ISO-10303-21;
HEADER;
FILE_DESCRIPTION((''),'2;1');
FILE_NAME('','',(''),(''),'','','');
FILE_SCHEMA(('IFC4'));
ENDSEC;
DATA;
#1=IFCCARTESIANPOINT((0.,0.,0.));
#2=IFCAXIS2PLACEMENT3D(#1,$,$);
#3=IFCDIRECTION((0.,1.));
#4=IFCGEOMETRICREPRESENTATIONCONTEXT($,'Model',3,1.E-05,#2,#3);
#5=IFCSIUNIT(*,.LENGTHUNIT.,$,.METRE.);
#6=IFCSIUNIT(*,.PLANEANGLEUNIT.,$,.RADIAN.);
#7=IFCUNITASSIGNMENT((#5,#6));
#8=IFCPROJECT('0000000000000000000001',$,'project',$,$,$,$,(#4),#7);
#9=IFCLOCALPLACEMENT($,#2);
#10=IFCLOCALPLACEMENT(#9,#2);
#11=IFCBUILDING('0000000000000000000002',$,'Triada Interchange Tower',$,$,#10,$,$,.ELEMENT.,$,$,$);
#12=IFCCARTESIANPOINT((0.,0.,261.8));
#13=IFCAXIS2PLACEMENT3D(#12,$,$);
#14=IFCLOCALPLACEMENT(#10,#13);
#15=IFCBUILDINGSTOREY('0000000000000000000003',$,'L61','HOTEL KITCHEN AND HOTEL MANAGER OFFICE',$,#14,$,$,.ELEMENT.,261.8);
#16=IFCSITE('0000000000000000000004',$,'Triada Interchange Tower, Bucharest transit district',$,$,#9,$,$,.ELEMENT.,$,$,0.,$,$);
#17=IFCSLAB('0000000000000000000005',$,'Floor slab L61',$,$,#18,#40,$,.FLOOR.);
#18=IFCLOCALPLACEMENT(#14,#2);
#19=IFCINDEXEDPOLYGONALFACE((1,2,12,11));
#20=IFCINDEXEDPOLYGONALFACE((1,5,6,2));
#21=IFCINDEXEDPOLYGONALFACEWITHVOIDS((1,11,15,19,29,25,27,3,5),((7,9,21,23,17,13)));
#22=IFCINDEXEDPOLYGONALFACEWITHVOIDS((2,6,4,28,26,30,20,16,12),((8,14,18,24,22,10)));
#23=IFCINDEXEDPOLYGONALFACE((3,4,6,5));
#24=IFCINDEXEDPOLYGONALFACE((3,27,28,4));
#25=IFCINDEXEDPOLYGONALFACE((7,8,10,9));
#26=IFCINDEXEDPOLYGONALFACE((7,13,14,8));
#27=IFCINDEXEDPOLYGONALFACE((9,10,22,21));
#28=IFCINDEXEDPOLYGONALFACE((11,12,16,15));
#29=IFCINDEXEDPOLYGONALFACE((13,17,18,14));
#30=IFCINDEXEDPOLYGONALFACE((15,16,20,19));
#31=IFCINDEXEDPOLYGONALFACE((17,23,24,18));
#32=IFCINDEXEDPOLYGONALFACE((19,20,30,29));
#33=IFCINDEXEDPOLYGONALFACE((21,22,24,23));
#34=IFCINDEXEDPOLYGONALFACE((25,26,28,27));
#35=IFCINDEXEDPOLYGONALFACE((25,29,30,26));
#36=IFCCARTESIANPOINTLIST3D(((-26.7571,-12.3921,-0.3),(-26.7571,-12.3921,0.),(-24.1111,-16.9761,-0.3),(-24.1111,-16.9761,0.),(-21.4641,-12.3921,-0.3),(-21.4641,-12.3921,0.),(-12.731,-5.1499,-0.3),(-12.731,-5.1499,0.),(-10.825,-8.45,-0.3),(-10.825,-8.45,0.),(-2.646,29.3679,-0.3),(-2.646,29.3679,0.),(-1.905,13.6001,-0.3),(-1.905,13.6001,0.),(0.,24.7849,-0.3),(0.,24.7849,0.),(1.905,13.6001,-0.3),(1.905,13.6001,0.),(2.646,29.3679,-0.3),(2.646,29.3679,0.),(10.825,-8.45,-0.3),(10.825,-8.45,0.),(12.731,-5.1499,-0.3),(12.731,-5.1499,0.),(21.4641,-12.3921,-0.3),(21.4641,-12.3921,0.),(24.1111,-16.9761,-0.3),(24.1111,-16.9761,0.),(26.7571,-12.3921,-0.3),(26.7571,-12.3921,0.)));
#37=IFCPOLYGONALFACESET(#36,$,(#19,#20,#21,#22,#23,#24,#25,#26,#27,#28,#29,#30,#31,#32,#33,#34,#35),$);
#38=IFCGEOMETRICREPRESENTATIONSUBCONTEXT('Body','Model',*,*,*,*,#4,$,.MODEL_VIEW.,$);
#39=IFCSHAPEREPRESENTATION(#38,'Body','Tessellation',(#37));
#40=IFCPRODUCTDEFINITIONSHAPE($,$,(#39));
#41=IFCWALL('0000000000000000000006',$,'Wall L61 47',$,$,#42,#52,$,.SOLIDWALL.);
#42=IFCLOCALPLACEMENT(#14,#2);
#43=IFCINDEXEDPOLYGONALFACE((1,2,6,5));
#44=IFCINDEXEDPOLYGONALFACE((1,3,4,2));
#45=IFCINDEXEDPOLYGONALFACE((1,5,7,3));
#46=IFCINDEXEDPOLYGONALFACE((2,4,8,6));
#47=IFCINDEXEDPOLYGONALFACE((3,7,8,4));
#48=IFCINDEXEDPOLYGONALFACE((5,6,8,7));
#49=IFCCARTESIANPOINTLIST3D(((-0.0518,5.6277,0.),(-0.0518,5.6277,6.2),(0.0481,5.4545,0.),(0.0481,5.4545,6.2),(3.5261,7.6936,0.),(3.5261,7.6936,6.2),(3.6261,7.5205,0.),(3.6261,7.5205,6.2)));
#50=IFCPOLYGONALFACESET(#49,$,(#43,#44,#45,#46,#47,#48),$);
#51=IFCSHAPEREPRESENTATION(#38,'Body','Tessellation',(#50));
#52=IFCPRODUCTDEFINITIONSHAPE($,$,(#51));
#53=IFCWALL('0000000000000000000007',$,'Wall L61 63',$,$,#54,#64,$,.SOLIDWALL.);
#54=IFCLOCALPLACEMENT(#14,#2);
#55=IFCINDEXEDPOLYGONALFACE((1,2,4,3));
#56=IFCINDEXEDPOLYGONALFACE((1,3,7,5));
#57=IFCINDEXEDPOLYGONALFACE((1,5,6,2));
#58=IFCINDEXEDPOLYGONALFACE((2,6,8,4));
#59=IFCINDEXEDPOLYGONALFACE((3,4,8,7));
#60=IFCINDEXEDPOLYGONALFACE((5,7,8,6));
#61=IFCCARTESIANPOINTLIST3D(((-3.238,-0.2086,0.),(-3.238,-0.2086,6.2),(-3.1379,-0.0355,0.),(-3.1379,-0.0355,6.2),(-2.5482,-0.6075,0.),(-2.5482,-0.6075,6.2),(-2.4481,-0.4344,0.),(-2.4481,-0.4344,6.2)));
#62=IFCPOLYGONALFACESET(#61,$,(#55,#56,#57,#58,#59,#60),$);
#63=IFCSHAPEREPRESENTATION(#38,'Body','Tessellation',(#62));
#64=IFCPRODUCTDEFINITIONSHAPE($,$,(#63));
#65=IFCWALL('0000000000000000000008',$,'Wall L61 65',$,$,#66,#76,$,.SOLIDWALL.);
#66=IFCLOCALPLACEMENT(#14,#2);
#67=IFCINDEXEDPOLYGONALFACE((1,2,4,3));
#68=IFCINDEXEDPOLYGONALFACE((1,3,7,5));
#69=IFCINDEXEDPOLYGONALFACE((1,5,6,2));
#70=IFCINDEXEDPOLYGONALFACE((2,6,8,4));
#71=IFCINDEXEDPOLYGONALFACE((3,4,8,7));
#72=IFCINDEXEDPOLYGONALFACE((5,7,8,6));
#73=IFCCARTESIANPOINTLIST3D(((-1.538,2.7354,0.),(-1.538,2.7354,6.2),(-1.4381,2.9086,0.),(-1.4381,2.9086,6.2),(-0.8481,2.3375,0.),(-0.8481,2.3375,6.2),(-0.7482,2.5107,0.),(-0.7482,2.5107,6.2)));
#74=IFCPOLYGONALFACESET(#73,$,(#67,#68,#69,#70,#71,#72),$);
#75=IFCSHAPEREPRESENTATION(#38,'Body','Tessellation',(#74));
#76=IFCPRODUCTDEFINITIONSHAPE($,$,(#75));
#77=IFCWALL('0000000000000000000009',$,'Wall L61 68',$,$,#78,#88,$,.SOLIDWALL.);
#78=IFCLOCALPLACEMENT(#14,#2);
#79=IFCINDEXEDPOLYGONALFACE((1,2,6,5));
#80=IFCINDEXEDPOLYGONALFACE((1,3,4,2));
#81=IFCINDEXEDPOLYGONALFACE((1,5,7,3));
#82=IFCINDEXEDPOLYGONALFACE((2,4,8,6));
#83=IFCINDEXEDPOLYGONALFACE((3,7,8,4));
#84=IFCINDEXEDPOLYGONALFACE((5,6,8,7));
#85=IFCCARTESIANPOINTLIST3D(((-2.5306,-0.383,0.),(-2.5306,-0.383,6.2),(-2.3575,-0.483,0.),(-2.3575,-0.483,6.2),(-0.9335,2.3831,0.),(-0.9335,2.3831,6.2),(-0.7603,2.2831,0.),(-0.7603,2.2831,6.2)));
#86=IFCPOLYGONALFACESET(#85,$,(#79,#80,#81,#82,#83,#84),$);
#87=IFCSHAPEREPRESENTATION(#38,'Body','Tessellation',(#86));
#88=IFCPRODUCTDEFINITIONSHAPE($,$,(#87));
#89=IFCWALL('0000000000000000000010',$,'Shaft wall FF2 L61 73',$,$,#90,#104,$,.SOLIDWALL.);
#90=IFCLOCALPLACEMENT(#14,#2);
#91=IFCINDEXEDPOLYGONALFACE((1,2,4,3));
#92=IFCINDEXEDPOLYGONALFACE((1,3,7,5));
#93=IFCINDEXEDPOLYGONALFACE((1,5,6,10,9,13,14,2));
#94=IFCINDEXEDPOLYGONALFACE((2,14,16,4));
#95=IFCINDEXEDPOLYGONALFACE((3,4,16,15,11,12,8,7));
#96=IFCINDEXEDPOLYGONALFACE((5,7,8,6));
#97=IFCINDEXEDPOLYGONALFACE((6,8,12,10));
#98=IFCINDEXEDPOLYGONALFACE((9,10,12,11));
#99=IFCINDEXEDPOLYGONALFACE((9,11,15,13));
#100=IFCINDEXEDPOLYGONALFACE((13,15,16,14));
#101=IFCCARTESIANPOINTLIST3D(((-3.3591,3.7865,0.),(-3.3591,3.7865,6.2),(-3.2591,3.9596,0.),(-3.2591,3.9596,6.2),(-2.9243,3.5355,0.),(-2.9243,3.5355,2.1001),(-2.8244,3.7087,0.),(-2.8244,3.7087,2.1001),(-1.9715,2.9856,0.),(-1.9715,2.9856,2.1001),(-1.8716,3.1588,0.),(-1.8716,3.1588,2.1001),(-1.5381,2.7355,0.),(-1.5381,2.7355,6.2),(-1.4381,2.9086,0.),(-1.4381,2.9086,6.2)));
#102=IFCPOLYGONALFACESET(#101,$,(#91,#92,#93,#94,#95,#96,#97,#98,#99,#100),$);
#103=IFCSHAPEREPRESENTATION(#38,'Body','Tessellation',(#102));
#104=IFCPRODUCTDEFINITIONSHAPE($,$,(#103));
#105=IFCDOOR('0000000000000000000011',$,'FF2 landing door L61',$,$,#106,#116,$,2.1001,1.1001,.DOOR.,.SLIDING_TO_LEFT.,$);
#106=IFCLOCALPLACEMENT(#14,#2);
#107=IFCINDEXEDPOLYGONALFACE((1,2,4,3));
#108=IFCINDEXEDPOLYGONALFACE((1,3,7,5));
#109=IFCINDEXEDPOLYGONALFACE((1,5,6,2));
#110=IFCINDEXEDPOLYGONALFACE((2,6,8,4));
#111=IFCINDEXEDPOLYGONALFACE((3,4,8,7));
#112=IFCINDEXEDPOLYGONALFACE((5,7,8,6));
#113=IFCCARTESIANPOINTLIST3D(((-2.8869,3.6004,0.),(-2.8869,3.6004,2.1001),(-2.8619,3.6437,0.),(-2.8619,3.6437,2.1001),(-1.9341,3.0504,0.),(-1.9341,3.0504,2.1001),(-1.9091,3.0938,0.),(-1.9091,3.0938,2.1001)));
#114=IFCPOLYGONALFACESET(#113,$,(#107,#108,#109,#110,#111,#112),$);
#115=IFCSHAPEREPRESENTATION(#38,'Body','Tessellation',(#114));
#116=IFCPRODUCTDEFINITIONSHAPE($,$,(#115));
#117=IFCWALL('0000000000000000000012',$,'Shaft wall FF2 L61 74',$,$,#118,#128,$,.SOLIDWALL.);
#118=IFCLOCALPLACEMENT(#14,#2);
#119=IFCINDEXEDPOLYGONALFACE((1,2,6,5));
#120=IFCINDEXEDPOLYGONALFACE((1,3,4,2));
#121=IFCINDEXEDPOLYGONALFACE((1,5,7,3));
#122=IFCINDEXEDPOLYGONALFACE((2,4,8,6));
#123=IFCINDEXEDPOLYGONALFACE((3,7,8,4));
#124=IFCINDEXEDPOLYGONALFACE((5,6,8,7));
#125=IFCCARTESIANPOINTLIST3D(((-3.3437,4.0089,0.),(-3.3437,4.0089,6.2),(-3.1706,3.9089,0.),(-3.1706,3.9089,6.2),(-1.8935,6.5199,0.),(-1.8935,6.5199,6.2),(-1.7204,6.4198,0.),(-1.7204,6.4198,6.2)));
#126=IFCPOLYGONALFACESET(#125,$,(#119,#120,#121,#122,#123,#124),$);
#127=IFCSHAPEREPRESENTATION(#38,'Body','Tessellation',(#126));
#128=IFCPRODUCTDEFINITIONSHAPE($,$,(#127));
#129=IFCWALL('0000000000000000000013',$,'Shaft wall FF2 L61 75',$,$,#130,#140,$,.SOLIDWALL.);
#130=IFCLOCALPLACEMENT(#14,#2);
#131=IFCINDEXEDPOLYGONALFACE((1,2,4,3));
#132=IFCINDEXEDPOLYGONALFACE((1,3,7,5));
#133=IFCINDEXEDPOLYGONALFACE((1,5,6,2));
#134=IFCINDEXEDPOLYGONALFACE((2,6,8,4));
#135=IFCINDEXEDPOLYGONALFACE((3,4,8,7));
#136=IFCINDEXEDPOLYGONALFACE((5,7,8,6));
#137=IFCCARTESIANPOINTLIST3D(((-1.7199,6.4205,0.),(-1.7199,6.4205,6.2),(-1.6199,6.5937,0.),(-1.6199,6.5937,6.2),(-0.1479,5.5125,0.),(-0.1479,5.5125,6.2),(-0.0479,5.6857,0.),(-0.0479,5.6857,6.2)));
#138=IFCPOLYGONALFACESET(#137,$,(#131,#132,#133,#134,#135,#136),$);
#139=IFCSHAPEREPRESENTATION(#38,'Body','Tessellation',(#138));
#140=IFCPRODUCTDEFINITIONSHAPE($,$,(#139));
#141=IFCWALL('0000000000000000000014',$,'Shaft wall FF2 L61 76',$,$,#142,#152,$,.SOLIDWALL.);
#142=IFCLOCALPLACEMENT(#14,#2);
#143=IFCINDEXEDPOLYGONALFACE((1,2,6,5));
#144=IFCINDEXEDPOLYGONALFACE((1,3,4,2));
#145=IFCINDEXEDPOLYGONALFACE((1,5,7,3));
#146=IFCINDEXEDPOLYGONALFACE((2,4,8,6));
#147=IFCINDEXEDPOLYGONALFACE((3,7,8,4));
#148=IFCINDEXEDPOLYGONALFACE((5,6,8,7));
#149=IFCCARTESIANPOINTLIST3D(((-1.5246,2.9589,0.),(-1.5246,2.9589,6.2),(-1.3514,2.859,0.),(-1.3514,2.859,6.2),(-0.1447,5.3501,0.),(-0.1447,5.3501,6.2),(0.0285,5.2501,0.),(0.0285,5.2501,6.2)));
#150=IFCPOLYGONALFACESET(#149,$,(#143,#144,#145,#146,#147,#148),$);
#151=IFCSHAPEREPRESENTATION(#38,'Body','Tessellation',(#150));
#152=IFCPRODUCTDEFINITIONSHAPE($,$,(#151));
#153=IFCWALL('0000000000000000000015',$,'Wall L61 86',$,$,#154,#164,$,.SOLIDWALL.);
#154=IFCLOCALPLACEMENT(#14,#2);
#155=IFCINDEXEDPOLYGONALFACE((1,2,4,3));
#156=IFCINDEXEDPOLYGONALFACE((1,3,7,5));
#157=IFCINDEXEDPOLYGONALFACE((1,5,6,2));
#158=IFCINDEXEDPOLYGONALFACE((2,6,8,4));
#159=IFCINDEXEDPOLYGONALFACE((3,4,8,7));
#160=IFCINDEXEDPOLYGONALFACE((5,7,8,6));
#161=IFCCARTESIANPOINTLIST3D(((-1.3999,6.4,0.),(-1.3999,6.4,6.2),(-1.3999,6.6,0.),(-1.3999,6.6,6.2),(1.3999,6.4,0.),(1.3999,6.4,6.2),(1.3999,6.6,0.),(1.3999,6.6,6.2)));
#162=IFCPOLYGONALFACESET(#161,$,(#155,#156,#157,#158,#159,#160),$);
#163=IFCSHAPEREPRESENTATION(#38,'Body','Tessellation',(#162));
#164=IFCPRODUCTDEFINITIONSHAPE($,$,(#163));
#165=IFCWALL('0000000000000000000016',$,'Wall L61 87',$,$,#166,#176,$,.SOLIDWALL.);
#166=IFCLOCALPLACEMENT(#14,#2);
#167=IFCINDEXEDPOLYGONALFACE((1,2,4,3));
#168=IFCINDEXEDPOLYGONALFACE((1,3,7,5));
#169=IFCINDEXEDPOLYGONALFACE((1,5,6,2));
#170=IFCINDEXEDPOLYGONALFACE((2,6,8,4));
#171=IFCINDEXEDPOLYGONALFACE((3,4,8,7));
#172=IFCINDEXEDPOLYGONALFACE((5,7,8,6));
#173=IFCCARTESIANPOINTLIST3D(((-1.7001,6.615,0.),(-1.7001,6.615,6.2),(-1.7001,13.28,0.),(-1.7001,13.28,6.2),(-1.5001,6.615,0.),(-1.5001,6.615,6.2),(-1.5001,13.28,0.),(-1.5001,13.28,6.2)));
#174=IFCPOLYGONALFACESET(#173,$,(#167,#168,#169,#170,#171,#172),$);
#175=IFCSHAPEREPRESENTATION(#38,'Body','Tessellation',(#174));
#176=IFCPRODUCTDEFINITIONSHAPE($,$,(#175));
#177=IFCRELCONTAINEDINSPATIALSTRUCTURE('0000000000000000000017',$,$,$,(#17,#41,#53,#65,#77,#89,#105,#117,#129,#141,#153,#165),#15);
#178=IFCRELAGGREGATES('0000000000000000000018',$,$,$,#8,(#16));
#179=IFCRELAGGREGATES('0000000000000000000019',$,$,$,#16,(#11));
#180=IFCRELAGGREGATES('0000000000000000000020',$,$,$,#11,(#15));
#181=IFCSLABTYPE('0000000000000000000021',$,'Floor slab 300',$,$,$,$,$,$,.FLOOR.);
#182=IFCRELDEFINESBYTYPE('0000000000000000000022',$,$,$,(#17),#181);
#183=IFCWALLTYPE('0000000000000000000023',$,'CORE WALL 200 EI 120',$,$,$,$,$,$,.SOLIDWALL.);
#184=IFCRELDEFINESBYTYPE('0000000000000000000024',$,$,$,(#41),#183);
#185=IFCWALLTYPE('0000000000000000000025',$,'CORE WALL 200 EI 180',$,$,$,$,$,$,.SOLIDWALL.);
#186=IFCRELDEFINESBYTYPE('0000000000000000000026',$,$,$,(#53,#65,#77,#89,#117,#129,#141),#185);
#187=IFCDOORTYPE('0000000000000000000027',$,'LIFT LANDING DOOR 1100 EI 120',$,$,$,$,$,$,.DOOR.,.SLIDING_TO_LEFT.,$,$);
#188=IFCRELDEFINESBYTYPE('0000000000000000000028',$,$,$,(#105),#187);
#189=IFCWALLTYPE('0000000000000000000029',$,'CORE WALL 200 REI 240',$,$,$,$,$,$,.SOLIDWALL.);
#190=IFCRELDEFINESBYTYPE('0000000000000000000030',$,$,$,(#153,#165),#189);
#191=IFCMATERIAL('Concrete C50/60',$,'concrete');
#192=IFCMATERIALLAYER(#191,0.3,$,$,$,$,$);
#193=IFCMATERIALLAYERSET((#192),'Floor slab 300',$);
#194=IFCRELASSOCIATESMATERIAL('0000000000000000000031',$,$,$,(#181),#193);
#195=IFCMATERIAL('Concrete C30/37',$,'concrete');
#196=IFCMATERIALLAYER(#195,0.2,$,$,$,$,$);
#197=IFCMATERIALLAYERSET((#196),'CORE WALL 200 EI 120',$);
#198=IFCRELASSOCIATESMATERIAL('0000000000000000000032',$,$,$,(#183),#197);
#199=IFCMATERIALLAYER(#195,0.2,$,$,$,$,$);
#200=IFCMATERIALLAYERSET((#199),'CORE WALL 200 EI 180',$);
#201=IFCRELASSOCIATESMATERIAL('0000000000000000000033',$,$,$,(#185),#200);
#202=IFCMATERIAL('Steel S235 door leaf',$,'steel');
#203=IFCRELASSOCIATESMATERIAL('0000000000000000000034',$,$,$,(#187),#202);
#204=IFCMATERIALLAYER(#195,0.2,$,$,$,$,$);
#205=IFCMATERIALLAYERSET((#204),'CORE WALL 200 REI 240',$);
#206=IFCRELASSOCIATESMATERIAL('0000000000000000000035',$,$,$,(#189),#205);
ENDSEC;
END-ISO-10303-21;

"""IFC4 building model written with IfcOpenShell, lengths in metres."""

from ifc_helpers import new_model, si_unit, direction, frame, frame_2d, origin, place, context, subcontext, project, spatial, polyline, rectangle, outline, extrude, material, layer, layer_set, type_object, element, fill, save


model = new_model("IFC4")

# Units and contexts
model_context = context("Model", 3, precision=1e-05, world=origin(), true_north=direction((0.0, 1.0)))
body_context = subcontext(model_context, "Body", "Model", "MODEL_VIEW")
ifc_project = project(units=[si_unit("LENGTHUNIT", "METRE"), si_unit("PLANEANGLEUNIT", "RADIAN")], contexts=[model_context])

# Site, building, storey
site_placement = place(None, origin())
site = spatial("IfcSite", under=ifc_project, at=site_placement, Name="Triada Interchange Tower, Bucharest transit district", CompositionType="ELEMENT", RefElevation=0.0)
building_placement = place(site_placement, origin())
building = spatial("IfcBuilding", under=site, at=building_placement, Name="Triada Interchange Tower", CompositionType="ELEMENT")
storey_placement = place(building_placement, frame((0.0, 0.0, 261.8)))
storey = spatial("IfcBuildingStorey", under=building, at=storey_placement, Name="L61", Description="HOTEL KITCHEN AND HOTEL MANAGER OFFICE", CompositionType="ELEMENT", Elevation=261.8)

# Slab
ifc_material_1 = material(Name="Concrete C50/60", Category="concrete")
ifc_layer_1 = layer(ifc_material_1, 0.3)
ifc_layer_set_1 = layer_set([ifc_layer_1], Name="Floor slab 300")
slab_type = type_object("IfcSlabType", Name="Floor slab 300", PredefinedType="FLOOR", material=ifc_layer_set_1)
slab_placement = place(storey_placement, frame((0.0, 0.0, -0.3)))
element("IfcSlab", 1, at=slab_placement, inside=storey, type_object=slab_type, Name="Floor slab L61", PredefinedType="FLOOR", context=body_context, shape_type="SweptSolid", body=[
    extrude(outline(polyline([(-2.646, 29.3679), (-26.7571, -12.3921), (-21.4641, -12.3921), (-24.1111, -16.9761), (24.1111, -16.9761), (21.4641, -12.3921), (26.7571, -12.3921), (2.646, 29.3679), (0.0, 24.7849), (-2.646, 29.3679)]), holes=[polyline([(1.905, 13.6001), (-1.905, 13.6001), (-12.731, -5.1499), (-10.825, -8.45), (10.825, -8.45), (12.731, -5.1499), (1.905, 13.6001)])]), origin(), (0.0, 0.0, 1.0), 0.3),
])

# Walls
ifc_material_2 = material(Name="Concrete C30/37", Category="concrete")
ifc_layer_2 = layer(ifc_material_2, 0.2)
ifc_layer_set_2 = layer_set([ifc_layer_2], Name="CORE WALL 200 EI 120")
wall_type_1 = type_object("IfcWallType", Name="CORE WALL 200 EI 120", PredefinedType="SOLIDWALL", material=ifc_layer_set_2)
wall_1_placement = place(storey_placement, frame((-0.002, 5.541, 0.0), z_axis=(0.0, 0.0, 1.0), x_axis=(0.866002, 0.500041, 0.0)))
element("IfcWall", 2, at=wall_1_placement, inside=storey, type_object=wall_type_1, Name="Wall L61 47", PredefinedType="SOLIDWALL", context=body_context, shape_type="SweptSolid", body=[
    extrude(rectangle(XDim=4.1316, YDim=0.2, at=frame_2d((2.0659, 0.0))), origin(), (0.0, 0.0, 1.0), 6.2),
])
ifc_layer_3 = layer(ifc_material_2, 0.2)
ifc_layer_set_3 = layer_set([ifc_layer_3], Name="CORE WALL 200 EI 180")
wall_type_2 = type_object("IfcWallType", Name="CORE WALL 200 EI 180", PredefinedType="SOLIDWALL", material=ifc_layer_set_3)
wall_2_placement = place(storey_placement, frame((-3.188, -0.1221, 0.0), z_axis=(0.0, 0.0, 1.0), x_axis=(0.865706, -0.500553, 0.0)))
element("IfcWall", 3, at=wall_2_placement, inside=storey, type_object=wall_type_2, Name="Wall L61 63", PredefinedType="SOLIDWALL", context=body_context, shape_type="SweptSolid", body=[
    extrude(rectangle(XDim=0.7969, YDim=0.2, at=frame_2d((0.3984, 0.0))), origin(), (0.0, 0.0, 1.0), 6.2),
])
wall_3_placement = place(storey_placement, frame((-1.488, 2.822, 0.0), z_axis=(0.0, 0.0, 1.0), x_axis=(0.866237, -0.499634, 0.0)))
element("IfcWall", 4, at=wall_3_placement, inside=storey, type_object=wall_type_2, Name="Wall L61 65", PredefinedType="SOLIDWALL", context=body_context, shape_type="SweptSolid", body=[
    extrude(rectangle(XDim=0.7964, YDim=0.2, at=frame_2d((0.3982, 0.0))), origin(), (0.0, 0.0, 1.0), 6.2),
])
wall_4_placement = place(storey_placement, frame((-2.4441, -0.4331, 0.0), z_axis=(0.0, 0.0, 1.0), x_axis=(0.500036, 0.866005, 0.0)))
element("IfcWall", 5, at=wall_4_placement, inside=storey, type_object=wall_type_2, Name="Wall L61 68", PredefinedType="SOLIDWALL", context=body_context, shape_type="SweptSolid", body=[
    extrude(rectangle(XDim=3.1941, YDim=0.2, at=frame_2d((1.5972, 0.0))), origin(), (0.0, 0.0, 1.0), 6.2),
])

# Wall, opening, door
wall_5_placement = place(storey_placement, frame((-3.3091, 3.873, 0.0), z_axis=(0.0, 0.0, 1.0), x_axis=(0.866099, -0.499873, 0.0)))
wall_5 = element("IfcWall", 6, at=wall_5_placement, inside=storey, type_object=wall_type_2, Name="Shaft wall FF2 L61 73", PredefinedType="SOLIDWALL", context=body_context, shape_type="SweptSolid", body=[
    extrude(rectangle(XDim=2.1025, YDim=0.2, at=frame_2d((1.0513, 0.0))), origin(), (0.0, 0.0, 1.0), 6.2),
])
opening_placement = place(wall_5_placement, frame((0.502, 0.0, 0.0)))
opening = element("IfcOpeningElement", 7, at=opening_placement, cuts=wall_5, PredefinedType="OPENING", context=body_context, shape_type="SweptSolid", body=[
    extrude(rectangle(XDim=1.1001, YDim=2.1001, at=frame_2d((0.55, 1.05))), frame((0.0, 0.1099, 0.0), z_axis=(0.0, -1.0, 0.0), x_axis=(1.0, 0.0, 0.0)), (0.0, 0.0, 1.0), 0.22),
])
ifc_material_3 = material(Name="Steel S235 door leaf", Category="steel")
door_type = type_object("IfcDoorType", Name="LIFT LANDING DOOR 1100 EI 120", OperationType="SLIDING_TO_LEFT", PredefinedType="DOOR", material=ifc_material_3)
door_placement = place(opening_placement, origin())
door = element("IfcDoor", 8, at=door_placement, inside=storey, type_object=door_type, Name="FF2 landing door L61", OperationType="SLIDING_TO_LEFT", OverallHeight=2.1001, OverallWidth=1.1001, PredefinedType="DOOR", context=body_context, shape_type="SweptSolid", body=[
    extrude(rectangle(XDim=1.1001, YDim=2.1001, at=frame_2d((0.55, 1.05))), frame((0.0, 0.0249, 0.0), z_axis=(0.0, -1.0, 0.0), x_axis=(1.0, 0.0, 0.0)), (0.0, 0.0, 1.0), 0.05),
])
fill(opening, door)

# Walls
wall_6_placement = place(storey_placement, frame((-3.2571, 3.959, 0.0), z_axis=(0.0, 0.0, 1.0), x_axis=(0.500123, 0.865954, 0.0)))
element("IfcWall", 9, at=wall_6_placement, inside=storey, type_object=wall_type_2, Name="Shaft wall FF2 L61 74", PredefinedType="SOLIDWALL", context=body_context, shape_type="SweptSolid", body=[
    extrude(rectangle(XDim=2.8997, YDim=0.2, at=frame_2d((1.4497, 0.0))), origin(), (0.0, 0.0, 1.0), 6.2),
])
wall_7_placement = place(storey_placement, frame((-1.6699, 6.5071, 0.0), z_axis=(0.0, 0.0, 1.0), x_axis=(0.865941, -0.500145, 0.0)))
element("IfcWall", 10, at=wall_7_placement, inside=storey, type_object=wall_type_2, Name="Shaft wall FF2 L61 75", PredefinedType="SOLIDWALL", context=body_context, shape_type="SweptSolid", body=[
    extrude(rectangle(XDim=1.8154, YDim=0.2, at=frame_2d((0.9077, 0.0))), origin(), (0.0, 0.0, 1.0), 6.2),
])
wall_8_placement = place(storey_placement, frame((-1.438, 2.9089, 0.0), z_axis=(0.0, 0.0, 1.0), x_axis=(0.49983, 0.866124, 0.0)))
element("IfcWall", 11, at=wall_8_placement, inside=storey, type_object=wall_type_2, Name="Shaft wall FF2 L61 76", PredefinedType="SOLIDWALL", context=body_context, shape_type="SweptSolid", body=[
    extrude(rectangle(XDim=2.7607, YDim=0.2, at=frame_2d((1.3804, 0.0))), origin(), (0.0, 0.0, 1.0), 6.2),
])
ifc_layer_4 = layer(ifc_material_2, 0.2)
ifc_layer_set_4 = layer_set([ifc_layer_4], Name="CORE WALL 200 REI 240")
wall_type_3 = type_object("IfcWallType", Name="CORE WALL 200 REI 240", PredefinedType="SOLIDWALL", material=ifc_layer_set_4)
wall_9_placement = place(storey_placement, frame((-1.3999, 6.5, 0.0), z_axis=(0.0, 0.0, 1.0), x_axis=(1.0, 0.0, 0.0)))
element("IfcWall", 12, at=wall_9_placement, inside=storey, type_object=wall_type_3, Name="Wall L61 86", PredefinedType="SOLIDWALL", context=body_context, shape_type="SweptSolid", body=[
    extrude(rectangle(XDim=2.7998, YDim=0.2, at=frame_2d((1.3999, 0.0))), origin(), (0.0, 0.0, 1.0), 6.2),
])
wall_10_placement = place(storey_placement, frame((-1.6001, 6.615, 0.0), z_axis=(0.0, 0.0, 1.0), x_axis=(0.0, 1.0, 0.0)))
element("IfcWall", 13, at=wall_10_placement, inside=storey, type_object=wall_type_3, Name="Wall L61 87", PredefinedType="SOLIDWALL", context=body_context, shape_type="SweptSolid", body=[
    extrude(rectangle(XDim=6.665, YDim=0.2, at=frame_2d((3.3325, 0.0))), origin(), (0.0, 0.0, 1.0), 6.2),
])

save(model, "model.ifc")
